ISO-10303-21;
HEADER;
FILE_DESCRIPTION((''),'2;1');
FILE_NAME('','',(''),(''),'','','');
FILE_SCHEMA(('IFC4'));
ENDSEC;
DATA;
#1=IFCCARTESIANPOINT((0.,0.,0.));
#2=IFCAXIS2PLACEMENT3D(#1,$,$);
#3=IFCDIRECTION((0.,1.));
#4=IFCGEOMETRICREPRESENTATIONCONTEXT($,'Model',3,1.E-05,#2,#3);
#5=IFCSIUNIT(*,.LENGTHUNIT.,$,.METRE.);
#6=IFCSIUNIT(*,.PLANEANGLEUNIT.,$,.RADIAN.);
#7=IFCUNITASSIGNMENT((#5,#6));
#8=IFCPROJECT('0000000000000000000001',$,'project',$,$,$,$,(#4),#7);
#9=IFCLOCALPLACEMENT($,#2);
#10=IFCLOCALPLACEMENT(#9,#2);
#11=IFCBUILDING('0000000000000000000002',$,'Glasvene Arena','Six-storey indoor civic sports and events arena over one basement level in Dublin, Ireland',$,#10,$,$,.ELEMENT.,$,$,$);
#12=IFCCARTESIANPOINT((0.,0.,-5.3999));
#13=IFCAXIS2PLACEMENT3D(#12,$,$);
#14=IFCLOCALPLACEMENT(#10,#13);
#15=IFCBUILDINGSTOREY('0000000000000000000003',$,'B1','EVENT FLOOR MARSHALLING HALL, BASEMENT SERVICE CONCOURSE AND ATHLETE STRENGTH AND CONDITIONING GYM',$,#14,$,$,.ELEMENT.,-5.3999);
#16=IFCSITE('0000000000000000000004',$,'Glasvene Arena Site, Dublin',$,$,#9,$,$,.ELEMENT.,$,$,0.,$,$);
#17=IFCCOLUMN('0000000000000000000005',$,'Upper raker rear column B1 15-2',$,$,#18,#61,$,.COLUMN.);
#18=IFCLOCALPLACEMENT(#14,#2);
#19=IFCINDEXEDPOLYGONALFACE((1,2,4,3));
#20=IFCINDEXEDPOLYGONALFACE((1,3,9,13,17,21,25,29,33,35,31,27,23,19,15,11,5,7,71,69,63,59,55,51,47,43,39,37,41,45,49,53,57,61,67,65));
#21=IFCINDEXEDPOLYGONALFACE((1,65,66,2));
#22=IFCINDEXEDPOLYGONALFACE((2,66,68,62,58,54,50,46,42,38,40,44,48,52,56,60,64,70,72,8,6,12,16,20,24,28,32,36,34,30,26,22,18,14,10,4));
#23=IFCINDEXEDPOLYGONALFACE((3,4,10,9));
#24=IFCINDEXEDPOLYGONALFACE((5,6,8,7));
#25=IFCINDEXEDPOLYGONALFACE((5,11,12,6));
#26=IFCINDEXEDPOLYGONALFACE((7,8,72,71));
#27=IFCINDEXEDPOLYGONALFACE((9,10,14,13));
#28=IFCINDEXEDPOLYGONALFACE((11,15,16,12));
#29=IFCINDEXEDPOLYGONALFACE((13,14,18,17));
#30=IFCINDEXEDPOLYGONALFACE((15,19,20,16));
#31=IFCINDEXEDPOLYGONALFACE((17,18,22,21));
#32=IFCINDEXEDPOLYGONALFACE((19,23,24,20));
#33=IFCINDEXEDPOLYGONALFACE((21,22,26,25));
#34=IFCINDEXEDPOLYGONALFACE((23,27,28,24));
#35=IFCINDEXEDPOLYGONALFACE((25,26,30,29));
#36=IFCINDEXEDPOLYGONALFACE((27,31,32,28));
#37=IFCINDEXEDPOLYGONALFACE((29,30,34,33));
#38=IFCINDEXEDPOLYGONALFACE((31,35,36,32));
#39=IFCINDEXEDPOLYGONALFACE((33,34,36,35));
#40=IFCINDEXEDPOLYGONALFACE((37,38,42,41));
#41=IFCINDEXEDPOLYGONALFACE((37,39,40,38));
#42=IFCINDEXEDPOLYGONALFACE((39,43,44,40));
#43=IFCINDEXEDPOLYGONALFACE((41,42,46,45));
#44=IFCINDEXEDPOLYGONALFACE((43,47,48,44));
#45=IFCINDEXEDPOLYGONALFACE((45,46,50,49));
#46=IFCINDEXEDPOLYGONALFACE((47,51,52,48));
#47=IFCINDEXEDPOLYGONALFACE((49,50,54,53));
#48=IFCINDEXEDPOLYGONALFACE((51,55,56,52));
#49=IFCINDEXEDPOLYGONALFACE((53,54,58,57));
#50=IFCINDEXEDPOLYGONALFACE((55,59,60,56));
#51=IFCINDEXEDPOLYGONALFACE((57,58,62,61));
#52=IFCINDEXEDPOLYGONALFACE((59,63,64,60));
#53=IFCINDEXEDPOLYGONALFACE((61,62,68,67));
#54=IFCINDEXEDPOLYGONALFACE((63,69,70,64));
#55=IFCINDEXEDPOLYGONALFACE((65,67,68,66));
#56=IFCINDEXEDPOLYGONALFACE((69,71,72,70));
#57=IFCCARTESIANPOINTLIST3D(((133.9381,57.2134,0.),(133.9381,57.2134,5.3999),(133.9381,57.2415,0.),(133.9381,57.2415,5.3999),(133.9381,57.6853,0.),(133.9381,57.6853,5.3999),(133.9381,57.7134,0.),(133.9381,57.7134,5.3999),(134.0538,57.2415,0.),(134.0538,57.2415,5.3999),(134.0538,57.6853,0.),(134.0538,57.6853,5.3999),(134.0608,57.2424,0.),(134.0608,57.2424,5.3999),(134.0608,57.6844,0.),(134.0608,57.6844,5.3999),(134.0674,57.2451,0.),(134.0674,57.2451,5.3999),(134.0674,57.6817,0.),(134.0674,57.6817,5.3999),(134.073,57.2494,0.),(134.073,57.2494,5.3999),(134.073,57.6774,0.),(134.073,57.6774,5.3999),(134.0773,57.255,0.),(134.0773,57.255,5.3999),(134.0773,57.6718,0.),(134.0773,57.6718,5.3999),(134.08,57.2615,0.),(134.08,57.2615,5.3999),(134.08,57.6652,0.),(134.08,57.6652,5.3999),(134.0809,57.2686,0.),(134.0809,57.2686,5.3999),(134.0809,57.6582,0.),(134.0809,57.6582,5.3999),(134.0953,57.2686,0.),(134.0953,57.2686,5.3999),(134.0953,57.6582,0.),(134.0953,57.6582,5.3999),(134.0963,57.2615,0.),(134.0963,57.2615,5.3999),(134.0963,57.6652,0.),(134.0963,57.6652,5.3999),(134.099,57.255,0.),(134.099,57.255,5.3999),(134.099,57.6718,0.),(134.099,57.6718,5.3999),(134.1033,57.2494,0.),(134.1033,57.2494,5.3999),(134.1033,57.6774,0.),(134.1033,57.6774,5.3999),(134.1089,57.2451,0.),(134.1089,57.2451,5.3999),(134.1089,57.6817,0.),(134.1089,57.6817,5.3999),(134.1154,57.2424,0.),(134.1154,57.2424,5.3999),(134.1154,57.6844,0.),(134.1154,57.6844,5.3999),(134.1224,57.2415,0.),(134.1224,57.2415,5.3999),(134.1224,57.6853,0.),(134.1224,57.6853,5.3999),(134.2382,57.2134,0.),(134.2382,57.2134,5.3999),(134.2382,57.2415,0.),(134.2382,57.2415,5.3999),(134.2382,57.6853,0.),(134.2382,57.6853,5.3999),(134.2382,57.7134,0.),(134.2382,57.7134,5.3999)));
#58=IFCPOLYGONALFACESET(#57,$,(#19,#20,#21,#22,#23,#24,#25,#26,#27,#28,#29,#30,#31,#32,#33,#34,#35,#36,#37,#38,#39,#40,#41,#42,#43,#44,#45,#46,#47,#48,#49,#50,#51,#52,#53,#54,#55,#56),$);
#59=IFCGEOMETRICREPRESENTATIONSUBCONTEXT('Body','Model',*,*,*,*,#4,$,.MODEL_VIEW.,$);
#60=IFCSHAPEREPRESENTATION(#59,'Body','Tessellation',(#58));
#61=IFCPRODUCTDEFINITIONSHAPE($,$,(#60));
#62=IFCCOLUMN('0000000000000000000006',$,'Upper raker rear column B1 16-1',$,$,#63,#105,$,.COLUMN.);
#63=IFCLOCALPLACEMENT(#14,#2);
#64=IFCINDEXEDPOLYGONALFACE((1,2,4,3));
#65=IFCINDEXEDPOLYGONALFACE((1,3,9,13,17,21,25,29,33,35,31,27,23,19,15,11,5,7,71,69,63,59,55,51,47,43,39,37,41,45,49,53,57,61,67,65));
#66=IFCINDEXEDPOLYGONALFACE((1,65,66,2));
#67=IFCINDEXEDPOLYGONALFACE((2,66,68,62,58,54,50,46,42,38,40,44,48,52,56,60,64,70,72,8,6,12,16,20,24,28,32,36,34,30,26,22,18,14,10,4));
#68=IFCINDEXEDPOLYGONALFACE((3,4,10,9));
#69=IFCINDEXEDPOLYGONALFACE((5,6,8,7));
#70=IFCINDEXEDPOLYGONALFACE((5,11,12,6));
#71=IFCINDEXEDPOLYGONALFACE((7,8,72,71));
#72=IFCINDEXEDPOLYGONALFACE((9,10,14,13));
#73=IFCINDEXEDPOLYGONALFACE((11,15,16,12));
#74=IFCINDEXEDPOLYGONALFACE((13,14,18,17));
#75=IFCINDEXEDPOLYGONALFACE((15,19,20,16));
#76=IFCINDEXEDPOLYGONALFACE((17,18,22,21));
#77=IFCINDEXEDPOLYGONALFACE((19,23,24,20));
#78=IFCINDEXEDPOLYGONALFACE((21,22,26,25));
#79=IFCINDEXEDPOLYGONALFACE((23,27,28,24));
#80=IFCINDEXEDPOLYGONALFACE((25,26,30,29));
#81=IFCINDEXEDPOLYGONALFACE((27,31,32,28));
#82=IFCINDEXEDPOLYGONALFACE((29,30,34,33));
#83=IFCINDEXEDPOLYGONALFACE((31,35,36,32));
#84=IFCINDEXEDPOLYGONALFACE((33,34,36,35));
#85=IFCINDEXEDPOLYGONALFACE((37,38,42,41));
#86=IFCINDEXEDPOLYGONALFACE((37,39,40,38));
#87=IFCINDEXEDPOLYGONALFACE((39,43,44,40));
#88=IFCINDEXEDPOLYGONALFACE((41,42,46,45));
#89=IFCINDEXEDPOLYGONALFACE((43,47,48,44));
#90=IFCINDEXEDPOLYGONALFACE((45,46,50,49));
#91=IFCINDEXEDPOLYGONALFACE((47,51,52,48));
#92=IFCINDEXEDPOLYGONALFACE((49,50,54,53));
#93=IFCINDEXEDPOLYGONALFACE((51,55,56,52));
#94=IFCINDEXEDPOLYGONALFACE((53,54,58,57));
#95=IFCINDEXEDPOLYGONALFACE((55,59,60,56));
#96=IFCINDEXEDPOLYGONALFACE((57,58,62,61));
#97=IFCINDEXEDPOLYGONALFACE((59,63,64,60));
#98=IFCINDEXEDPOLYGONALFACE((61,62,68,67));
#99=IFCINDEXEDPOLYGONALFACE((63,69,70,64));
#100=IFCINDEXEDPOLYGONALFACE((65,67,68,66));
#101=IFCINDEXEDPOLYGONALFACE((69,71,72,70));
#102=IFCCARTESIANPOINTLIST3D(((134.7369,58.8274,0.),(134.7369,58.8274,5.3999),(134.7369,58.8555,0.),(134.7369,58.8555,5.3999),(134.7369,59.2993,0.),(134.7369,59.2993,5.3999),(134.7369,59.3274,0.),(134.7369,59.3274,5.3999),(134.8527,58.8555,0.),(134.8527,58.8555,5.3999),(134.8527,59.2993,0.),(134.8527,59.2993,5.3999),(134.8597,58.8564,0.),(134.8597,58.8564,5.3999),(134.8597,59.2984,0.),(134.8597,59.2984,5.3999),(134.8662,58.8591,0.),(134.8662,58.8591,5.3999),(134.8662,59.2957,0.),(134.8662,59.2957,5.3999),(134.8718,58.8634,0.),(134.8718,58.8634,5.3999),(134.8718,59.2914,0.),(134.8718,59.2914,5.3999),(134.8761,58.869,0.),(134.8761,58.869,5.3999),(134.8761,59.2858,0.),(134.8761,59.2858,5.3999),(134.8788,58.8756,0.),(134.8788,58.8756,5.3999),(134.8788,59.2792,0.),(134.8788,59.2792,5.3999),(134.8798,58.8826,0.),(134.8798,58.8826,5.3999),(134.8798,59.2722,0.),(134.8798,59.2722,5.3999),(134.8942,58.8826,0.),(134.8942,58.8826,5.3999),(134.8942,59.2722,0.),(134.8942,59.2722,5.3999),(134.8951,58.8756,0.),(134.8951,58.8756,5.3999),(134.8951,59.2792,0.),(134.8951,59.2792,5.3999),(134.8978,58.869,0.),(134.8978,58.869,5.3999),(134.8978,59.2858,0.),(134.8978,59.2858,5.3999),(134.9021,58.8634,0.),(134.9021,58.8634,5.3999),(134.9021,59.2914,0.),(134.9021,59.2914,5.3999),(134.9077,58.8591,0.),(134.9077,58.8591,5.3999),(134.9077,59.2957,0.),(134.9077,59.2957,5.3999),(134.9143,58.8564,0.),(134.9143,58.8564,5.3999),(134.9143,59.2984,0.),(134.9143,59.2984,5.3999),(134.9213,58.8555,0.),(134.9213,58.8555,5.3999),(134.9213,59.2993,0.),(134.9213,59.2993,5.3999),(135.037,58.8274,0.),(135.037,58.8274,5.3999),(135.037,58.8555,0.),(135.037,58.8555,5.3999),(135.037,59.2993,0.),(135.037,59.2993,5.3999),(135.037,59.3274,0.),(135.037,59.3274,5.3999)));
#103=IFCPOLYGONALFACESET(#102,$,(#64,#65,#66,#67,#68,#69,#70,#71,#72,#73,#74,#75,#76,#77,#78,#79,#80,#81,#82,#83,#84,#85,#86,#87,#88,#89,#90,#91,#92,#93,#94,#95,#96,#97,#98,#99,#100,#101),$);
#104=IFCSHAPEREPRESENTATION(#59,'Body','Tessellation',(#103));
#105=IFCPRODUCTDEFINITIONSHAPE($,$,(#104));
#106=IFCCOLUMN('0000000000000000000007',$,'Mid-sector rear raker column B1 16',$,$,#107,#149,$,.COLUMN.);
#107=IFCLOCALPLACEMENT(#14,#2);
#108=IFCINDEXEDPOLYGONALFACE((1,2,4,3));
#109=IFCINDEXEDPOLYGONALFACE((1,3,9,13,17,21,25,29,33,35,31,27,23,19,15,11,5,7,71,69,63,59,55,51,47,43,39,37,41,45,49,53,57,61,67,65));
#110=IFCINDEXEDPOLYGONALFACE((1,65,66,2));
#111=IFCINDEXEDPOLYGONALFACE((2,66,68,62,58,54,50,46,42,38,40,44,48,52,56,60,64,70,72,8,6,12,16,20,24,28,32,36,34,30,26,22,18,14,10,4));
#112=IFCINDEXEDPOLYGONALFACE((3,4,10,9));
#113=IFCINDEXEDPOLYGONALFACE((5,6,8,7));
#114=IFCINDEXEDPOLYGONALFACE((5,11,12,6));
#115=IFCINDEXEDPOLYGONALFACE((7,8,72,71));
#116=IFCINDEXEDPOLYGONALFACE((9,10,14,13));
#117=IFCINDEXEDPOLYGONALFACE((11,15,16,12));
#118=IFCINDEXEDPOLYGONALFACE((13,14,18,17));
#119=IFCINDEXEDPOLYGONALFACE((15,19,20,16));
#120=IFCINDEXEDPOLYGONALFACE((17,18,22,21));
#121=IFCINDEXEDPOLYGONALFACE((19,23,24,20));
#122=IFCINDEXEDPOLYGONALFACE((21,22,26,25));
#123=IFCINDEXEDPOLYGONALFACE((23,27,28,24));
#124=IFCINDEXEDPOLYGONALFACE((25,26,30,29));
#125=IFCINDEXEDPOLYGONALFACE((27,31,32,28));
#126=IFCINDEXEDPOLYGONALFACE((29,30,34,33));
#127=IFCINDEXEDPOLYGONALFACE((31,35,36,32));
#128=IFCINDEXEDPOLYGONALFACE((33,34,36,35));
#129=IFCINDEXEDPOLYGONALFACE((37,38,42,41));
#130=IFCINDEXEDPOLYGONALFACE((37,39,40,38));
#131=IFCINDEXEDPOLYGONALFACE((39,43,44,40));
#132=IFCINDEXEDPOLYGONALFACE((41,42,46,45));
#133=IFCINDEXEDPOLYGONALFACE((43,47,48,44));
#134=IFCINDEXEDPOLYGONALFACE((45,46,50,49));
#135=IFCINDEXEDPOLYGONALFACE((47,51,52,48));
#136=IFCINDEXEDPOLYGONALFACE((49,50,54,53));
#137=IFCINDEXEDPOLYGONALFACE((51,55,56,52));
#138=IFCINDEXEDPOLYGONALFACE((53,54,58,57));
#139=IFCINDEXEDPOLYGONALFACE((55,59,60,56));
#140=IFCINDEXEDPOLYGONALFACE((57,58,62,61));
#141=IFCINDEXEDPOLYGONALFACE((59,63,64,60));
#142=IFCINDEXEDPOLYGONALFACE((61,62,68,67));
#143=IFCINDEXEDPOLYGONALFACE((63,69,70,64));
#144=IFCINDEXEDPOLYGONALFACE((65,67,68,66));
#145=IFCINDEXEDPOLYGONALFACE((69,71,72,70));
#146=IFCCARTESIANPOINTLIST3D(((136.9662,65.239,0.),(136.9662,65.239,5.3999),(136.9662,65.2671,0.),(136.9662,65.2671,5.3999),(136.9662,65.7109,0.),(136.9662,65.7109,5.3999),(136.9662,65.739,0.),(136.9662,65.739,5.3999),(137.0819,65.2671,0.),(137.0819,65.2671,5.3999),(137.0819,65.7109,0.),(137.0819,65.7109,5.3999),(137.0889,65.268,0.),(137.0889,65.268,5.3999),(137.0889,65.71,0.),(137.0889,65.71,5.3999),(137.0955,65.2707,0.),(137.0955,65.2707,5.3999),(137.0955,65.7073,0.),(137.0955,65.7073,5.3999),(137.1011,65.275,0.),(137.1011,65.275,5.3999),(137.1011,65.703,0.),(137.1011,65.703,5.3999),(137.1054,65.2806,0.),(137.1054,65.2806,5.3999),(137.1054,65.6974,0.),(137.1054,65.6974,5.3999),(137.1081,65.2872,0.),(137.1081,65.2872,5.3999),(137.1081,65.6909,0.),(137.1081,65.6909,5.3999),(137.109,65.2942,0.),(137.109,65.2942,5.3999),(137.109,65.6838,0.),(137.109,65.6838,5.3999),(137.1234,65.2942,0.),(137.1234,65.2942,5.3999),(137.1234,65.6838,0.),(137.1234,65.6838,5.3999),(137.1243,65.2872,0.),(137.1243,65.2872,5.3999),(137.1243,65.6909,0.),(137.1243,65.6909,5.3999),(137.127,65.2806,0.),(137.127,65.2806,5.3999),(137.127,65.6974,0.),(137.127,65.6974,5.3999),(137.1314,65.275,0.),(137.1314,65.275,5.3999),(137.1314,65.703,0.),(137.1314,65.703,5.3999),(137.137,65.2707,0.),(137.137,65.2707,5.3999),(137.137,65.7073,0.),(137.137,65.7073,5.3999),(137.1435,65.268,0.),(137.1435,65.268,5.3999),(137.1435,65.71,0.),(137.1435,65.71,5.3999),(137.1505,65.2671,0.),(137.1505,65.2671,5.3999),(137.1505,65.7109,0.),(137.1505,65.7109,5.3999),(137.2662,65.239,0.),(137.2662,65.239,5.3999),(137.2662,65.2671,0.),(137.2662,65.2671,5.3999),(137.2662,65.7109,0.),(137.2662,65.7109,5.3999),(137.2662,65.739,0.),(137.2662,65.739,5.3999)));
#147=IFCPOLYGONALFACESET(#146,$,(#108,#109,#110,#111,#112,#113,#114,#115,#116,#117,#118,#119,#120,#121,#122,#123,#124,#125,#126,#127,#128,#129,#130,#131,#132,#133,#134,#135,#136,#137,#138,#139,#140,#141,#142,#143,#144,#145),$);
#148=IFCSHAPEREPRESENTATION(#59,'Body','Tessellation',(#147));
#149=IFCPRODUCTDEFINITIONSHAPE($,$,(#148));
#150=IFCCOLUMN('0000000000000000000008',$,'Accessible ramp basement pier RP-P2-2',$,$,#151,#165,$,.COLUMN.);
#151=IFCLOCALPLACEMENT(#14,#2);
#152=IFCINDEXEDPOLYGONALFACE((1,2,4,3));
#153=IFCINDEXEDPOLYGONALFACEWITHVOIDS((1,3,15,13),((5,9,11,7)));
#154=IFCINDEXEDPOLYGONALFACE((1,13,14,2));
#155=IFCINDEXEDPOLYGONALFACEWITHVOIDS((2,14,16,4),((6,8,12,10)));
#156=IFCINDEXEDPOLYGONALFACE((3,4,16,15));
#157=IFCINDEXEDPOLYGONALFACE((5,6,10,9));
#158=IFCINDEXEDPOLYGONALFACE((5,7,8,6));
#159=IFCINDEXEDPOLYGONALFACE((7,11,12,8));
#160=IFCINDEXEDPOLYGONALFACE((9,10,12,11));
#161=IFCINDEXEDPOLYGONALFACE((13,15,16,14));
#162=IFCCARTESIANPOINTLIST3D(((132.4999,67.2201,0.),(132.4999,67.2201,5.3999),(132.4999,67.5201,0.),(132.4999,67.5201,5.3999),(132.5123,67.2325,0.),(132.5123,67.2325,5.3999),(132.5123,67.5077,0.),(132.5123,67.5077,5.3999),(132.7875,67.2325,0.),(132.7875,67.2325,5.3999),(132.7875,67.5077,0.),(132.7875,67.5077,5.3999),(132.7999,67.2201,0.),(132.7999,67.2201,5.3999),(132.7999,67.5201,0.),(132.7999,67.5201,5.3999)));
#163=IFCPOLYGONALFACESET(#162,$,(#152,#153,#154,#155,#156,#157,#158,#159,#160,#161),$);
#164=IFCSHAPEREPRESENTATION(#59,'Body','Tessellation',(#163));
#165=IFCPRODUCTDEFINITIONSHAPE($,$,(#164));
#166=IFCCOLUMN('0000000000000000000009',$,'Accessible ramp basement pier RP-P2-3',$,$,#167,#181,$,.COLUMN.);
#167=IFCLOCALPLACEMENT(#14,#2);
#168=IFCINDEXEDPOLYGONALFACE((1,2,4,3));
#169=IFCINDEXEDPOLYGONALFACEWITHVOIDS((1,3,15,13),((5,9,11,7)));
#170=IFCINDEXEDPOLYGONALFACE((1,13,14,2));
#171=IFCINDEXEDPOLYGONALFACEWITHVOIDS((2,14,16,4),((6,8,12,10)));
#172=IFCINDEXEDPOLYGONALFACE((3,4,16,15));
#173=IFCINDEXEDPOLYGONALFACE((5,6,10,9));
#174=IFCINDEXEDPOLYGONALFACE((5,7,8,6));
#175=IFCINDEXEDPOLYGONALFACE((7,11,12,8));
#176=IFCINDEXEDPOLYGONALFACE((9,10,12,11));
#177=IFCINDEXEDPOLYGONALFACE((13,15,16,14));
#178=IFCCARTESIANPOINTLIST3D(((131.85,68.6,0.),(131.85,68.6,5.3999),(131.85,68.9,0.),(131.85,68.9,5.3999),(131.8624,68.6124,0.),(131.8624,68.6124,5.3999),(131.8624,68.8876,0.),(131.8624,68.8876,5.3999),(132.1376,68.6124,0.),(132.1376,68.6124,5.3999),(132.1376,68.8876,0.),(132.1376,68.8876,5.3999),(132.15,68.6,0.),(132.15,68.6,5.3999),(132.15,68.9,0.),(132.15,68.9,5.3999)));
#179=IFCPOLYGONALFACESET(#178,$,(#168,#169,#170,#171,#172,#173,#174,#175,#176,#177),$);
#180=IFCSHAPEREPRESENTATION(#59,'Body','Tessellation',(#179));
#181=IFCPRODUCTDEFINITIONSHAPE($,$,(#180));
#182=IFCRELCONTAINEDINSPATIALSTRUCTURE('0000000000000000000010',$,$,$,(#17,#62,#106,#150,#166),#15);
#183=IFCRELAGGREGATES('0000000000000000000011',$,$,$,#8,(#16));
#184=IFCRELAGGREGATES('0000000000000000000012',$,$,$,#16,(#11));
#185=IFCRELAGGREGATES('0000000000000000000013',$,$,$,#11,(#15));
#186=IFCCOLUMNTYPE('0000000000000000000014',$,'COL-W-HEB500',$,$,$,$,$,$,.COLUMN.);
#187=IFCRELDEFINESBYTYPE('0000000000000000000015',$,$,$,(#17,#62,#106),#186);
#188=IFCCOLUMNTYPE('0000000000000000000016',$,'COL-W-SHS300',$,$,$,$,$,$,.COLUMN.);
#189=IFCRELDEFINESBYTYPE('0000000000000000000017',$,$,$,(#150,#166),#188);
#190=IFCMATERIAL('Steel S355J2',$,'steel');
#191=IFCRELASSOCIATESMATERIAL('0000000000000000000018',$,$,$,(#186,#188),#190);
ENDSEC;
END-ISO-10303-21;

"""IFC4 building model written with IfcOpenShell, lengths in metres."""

from ifc_helpers import new_model, si_unit, direction, frame, origin, origin_2d, place, context, subcontext, project, spatial, hollow_rectangle, i_section, extrude, material, material_profile, profile_set, type_object, element, save


model = new_model("IFC4")

# Units and contexts
model_context = context("Model", 3, precision=1e-05, world=origin(), true_north=direction((0.0, 1.0)))
body_context = subcontext(model_context, "Body", "Model", "MODEL_VIEW")
ifc_project = project(units=[si_unit("LENGTHUNIT", "METRE"), si_unit("PLANEANGLEUNIT", "RADIAN")], contexts=[model_context])

# Site, building, storey
site_placement = place(None, origin())
site = spatial("IfcSite", under=ifc_project, at=site_placement, Name="Glasvene Arena Site, Dublin", CompositionType="ELEMENT", RefElevation=0.0)
building_placement = place(site_placement, origin())
building = spatial("IfcBuilding", under=site, at=building_placement, Name="Glasvene Arena", Description="Six-storey indoor civic sports and events arena over one basement level in Dublin, Ireland", CompositionType="ELEMENT")
storey_placement = place(building_placement, frame((0.0, 0.0, -5.3999)))
storey = spatial("IfcBuildingStorey", under=building, at=storey_placement, Name="B1", Description="EVENT FLOOR MARSHALLING HALL, BASEMENT SERVICE CONCOURSE AND ATHLETE STRENGTH AND CONDITIONING GYM", CompositionType="ELEMENT", Elevation=-5.3999)

# Columns
ifc_material_1 = material(Name="Steel S355J2", Category="steel")
ifc_material_profile_1 = material_profile(ifc_material_1, i_section(OverallWidth=0.3, OverallDepth=0.5, WebThickness=0.0144, FlangeThickness=0.0281, FilletRadius=0.0271, at=origin_2d()), Name="HEB 500")
ifc_profile_set_1 = profile_set([ifc_material_profile_1], Name="Steel S355J2")
column_type_1 = type_object("IfcColumnType", Name="COL-W-HEB500", PredefinedType="COLUMN", material=ifc_profile_set_1)
for number, where, z_axis, x_axis, name in (
    (1, (134.0881, 57.4634, 0.0), (0.0, 0.0, 1.0), (1.0, 0.0, 0.0), "Upper raker rear column B1 15-2"),
    (2, (134.887, 59.0774, 0.0), (0.0, 0.0, 1.0), (1.0, 0.0, 0.0), "Upper raker rear column B1 16-1"),
    (3, (137.1162, 65.489, 0.0), (0.0, 0.0, 1.0), (1.0, 0.0, 0.0), "Mid-sector rear raker column B1 16"),
):
    element("IfcColumn", number, at=place(storey_placement, frame(where, z_axis=z_axis, x_axis=x_axis)), inside=storey, type_object=column_type_1, Name=name, PredefinedType="COLUMN", context=body_context, shape_type="SweptSolid", body=[
        extrude(i_section(OverallWidth=0.3, OverallDepth=0.5, WebThickness=0.0144, FlangeThickness=0.0281, FilletRadius=0.0271, at=origin_2d()), origin(), (0.0, 0.0, 1.0), 5.3999),
    ])
ifc_material_profile_2 = material_profile(ifc_material_1, hollow_rectangle(XDim=0.3, YDim=0.3, WallThickness=0.0125, at=origin_2d()), Name="SHS 300x300x12.5")
ifc_profile_set_2 = profile_set([ifc_material_profile_2], Name="Steel S355J2")
column_type_2 = type_object("IfcColumnType", Name="COL-W-SHS300", PredefinedType="COLUMN", material=ifc_profile_set_2)
for number, where, z_axis, x_axis, name in (
    (4, (132.6499, 67.3701, 0.0), (0.0, 0.0, 1.0), (1.0, 0.0, 0.0), "Accessible ramp basement pier RP-P2-2"),
    (5, (132.0, 68.75, 0.0), (0.0, 0.0, 1.0), (1.0, 0.0, 0.0), "Accessible ramp basement pier RP-P2-3"),
):
    element("IfcColumn", number, at=place(storey_placement, frame(where, z_axis=z_axis, x_axis=x_axis)), inside=storey, type_object=column_type_2, Name=name, PredefinedType="COLUMN", context=body_context, shape_type="SweptSolid", body=[
        extrude(hollow_rectangle(XDim=0.3, YDim=0.3, WallThickness=0.0125, at=origin_2d()), origin(), (0.0, 0.0, 1.0), 5.3999),
    ])

save(model, "model.ifc")
